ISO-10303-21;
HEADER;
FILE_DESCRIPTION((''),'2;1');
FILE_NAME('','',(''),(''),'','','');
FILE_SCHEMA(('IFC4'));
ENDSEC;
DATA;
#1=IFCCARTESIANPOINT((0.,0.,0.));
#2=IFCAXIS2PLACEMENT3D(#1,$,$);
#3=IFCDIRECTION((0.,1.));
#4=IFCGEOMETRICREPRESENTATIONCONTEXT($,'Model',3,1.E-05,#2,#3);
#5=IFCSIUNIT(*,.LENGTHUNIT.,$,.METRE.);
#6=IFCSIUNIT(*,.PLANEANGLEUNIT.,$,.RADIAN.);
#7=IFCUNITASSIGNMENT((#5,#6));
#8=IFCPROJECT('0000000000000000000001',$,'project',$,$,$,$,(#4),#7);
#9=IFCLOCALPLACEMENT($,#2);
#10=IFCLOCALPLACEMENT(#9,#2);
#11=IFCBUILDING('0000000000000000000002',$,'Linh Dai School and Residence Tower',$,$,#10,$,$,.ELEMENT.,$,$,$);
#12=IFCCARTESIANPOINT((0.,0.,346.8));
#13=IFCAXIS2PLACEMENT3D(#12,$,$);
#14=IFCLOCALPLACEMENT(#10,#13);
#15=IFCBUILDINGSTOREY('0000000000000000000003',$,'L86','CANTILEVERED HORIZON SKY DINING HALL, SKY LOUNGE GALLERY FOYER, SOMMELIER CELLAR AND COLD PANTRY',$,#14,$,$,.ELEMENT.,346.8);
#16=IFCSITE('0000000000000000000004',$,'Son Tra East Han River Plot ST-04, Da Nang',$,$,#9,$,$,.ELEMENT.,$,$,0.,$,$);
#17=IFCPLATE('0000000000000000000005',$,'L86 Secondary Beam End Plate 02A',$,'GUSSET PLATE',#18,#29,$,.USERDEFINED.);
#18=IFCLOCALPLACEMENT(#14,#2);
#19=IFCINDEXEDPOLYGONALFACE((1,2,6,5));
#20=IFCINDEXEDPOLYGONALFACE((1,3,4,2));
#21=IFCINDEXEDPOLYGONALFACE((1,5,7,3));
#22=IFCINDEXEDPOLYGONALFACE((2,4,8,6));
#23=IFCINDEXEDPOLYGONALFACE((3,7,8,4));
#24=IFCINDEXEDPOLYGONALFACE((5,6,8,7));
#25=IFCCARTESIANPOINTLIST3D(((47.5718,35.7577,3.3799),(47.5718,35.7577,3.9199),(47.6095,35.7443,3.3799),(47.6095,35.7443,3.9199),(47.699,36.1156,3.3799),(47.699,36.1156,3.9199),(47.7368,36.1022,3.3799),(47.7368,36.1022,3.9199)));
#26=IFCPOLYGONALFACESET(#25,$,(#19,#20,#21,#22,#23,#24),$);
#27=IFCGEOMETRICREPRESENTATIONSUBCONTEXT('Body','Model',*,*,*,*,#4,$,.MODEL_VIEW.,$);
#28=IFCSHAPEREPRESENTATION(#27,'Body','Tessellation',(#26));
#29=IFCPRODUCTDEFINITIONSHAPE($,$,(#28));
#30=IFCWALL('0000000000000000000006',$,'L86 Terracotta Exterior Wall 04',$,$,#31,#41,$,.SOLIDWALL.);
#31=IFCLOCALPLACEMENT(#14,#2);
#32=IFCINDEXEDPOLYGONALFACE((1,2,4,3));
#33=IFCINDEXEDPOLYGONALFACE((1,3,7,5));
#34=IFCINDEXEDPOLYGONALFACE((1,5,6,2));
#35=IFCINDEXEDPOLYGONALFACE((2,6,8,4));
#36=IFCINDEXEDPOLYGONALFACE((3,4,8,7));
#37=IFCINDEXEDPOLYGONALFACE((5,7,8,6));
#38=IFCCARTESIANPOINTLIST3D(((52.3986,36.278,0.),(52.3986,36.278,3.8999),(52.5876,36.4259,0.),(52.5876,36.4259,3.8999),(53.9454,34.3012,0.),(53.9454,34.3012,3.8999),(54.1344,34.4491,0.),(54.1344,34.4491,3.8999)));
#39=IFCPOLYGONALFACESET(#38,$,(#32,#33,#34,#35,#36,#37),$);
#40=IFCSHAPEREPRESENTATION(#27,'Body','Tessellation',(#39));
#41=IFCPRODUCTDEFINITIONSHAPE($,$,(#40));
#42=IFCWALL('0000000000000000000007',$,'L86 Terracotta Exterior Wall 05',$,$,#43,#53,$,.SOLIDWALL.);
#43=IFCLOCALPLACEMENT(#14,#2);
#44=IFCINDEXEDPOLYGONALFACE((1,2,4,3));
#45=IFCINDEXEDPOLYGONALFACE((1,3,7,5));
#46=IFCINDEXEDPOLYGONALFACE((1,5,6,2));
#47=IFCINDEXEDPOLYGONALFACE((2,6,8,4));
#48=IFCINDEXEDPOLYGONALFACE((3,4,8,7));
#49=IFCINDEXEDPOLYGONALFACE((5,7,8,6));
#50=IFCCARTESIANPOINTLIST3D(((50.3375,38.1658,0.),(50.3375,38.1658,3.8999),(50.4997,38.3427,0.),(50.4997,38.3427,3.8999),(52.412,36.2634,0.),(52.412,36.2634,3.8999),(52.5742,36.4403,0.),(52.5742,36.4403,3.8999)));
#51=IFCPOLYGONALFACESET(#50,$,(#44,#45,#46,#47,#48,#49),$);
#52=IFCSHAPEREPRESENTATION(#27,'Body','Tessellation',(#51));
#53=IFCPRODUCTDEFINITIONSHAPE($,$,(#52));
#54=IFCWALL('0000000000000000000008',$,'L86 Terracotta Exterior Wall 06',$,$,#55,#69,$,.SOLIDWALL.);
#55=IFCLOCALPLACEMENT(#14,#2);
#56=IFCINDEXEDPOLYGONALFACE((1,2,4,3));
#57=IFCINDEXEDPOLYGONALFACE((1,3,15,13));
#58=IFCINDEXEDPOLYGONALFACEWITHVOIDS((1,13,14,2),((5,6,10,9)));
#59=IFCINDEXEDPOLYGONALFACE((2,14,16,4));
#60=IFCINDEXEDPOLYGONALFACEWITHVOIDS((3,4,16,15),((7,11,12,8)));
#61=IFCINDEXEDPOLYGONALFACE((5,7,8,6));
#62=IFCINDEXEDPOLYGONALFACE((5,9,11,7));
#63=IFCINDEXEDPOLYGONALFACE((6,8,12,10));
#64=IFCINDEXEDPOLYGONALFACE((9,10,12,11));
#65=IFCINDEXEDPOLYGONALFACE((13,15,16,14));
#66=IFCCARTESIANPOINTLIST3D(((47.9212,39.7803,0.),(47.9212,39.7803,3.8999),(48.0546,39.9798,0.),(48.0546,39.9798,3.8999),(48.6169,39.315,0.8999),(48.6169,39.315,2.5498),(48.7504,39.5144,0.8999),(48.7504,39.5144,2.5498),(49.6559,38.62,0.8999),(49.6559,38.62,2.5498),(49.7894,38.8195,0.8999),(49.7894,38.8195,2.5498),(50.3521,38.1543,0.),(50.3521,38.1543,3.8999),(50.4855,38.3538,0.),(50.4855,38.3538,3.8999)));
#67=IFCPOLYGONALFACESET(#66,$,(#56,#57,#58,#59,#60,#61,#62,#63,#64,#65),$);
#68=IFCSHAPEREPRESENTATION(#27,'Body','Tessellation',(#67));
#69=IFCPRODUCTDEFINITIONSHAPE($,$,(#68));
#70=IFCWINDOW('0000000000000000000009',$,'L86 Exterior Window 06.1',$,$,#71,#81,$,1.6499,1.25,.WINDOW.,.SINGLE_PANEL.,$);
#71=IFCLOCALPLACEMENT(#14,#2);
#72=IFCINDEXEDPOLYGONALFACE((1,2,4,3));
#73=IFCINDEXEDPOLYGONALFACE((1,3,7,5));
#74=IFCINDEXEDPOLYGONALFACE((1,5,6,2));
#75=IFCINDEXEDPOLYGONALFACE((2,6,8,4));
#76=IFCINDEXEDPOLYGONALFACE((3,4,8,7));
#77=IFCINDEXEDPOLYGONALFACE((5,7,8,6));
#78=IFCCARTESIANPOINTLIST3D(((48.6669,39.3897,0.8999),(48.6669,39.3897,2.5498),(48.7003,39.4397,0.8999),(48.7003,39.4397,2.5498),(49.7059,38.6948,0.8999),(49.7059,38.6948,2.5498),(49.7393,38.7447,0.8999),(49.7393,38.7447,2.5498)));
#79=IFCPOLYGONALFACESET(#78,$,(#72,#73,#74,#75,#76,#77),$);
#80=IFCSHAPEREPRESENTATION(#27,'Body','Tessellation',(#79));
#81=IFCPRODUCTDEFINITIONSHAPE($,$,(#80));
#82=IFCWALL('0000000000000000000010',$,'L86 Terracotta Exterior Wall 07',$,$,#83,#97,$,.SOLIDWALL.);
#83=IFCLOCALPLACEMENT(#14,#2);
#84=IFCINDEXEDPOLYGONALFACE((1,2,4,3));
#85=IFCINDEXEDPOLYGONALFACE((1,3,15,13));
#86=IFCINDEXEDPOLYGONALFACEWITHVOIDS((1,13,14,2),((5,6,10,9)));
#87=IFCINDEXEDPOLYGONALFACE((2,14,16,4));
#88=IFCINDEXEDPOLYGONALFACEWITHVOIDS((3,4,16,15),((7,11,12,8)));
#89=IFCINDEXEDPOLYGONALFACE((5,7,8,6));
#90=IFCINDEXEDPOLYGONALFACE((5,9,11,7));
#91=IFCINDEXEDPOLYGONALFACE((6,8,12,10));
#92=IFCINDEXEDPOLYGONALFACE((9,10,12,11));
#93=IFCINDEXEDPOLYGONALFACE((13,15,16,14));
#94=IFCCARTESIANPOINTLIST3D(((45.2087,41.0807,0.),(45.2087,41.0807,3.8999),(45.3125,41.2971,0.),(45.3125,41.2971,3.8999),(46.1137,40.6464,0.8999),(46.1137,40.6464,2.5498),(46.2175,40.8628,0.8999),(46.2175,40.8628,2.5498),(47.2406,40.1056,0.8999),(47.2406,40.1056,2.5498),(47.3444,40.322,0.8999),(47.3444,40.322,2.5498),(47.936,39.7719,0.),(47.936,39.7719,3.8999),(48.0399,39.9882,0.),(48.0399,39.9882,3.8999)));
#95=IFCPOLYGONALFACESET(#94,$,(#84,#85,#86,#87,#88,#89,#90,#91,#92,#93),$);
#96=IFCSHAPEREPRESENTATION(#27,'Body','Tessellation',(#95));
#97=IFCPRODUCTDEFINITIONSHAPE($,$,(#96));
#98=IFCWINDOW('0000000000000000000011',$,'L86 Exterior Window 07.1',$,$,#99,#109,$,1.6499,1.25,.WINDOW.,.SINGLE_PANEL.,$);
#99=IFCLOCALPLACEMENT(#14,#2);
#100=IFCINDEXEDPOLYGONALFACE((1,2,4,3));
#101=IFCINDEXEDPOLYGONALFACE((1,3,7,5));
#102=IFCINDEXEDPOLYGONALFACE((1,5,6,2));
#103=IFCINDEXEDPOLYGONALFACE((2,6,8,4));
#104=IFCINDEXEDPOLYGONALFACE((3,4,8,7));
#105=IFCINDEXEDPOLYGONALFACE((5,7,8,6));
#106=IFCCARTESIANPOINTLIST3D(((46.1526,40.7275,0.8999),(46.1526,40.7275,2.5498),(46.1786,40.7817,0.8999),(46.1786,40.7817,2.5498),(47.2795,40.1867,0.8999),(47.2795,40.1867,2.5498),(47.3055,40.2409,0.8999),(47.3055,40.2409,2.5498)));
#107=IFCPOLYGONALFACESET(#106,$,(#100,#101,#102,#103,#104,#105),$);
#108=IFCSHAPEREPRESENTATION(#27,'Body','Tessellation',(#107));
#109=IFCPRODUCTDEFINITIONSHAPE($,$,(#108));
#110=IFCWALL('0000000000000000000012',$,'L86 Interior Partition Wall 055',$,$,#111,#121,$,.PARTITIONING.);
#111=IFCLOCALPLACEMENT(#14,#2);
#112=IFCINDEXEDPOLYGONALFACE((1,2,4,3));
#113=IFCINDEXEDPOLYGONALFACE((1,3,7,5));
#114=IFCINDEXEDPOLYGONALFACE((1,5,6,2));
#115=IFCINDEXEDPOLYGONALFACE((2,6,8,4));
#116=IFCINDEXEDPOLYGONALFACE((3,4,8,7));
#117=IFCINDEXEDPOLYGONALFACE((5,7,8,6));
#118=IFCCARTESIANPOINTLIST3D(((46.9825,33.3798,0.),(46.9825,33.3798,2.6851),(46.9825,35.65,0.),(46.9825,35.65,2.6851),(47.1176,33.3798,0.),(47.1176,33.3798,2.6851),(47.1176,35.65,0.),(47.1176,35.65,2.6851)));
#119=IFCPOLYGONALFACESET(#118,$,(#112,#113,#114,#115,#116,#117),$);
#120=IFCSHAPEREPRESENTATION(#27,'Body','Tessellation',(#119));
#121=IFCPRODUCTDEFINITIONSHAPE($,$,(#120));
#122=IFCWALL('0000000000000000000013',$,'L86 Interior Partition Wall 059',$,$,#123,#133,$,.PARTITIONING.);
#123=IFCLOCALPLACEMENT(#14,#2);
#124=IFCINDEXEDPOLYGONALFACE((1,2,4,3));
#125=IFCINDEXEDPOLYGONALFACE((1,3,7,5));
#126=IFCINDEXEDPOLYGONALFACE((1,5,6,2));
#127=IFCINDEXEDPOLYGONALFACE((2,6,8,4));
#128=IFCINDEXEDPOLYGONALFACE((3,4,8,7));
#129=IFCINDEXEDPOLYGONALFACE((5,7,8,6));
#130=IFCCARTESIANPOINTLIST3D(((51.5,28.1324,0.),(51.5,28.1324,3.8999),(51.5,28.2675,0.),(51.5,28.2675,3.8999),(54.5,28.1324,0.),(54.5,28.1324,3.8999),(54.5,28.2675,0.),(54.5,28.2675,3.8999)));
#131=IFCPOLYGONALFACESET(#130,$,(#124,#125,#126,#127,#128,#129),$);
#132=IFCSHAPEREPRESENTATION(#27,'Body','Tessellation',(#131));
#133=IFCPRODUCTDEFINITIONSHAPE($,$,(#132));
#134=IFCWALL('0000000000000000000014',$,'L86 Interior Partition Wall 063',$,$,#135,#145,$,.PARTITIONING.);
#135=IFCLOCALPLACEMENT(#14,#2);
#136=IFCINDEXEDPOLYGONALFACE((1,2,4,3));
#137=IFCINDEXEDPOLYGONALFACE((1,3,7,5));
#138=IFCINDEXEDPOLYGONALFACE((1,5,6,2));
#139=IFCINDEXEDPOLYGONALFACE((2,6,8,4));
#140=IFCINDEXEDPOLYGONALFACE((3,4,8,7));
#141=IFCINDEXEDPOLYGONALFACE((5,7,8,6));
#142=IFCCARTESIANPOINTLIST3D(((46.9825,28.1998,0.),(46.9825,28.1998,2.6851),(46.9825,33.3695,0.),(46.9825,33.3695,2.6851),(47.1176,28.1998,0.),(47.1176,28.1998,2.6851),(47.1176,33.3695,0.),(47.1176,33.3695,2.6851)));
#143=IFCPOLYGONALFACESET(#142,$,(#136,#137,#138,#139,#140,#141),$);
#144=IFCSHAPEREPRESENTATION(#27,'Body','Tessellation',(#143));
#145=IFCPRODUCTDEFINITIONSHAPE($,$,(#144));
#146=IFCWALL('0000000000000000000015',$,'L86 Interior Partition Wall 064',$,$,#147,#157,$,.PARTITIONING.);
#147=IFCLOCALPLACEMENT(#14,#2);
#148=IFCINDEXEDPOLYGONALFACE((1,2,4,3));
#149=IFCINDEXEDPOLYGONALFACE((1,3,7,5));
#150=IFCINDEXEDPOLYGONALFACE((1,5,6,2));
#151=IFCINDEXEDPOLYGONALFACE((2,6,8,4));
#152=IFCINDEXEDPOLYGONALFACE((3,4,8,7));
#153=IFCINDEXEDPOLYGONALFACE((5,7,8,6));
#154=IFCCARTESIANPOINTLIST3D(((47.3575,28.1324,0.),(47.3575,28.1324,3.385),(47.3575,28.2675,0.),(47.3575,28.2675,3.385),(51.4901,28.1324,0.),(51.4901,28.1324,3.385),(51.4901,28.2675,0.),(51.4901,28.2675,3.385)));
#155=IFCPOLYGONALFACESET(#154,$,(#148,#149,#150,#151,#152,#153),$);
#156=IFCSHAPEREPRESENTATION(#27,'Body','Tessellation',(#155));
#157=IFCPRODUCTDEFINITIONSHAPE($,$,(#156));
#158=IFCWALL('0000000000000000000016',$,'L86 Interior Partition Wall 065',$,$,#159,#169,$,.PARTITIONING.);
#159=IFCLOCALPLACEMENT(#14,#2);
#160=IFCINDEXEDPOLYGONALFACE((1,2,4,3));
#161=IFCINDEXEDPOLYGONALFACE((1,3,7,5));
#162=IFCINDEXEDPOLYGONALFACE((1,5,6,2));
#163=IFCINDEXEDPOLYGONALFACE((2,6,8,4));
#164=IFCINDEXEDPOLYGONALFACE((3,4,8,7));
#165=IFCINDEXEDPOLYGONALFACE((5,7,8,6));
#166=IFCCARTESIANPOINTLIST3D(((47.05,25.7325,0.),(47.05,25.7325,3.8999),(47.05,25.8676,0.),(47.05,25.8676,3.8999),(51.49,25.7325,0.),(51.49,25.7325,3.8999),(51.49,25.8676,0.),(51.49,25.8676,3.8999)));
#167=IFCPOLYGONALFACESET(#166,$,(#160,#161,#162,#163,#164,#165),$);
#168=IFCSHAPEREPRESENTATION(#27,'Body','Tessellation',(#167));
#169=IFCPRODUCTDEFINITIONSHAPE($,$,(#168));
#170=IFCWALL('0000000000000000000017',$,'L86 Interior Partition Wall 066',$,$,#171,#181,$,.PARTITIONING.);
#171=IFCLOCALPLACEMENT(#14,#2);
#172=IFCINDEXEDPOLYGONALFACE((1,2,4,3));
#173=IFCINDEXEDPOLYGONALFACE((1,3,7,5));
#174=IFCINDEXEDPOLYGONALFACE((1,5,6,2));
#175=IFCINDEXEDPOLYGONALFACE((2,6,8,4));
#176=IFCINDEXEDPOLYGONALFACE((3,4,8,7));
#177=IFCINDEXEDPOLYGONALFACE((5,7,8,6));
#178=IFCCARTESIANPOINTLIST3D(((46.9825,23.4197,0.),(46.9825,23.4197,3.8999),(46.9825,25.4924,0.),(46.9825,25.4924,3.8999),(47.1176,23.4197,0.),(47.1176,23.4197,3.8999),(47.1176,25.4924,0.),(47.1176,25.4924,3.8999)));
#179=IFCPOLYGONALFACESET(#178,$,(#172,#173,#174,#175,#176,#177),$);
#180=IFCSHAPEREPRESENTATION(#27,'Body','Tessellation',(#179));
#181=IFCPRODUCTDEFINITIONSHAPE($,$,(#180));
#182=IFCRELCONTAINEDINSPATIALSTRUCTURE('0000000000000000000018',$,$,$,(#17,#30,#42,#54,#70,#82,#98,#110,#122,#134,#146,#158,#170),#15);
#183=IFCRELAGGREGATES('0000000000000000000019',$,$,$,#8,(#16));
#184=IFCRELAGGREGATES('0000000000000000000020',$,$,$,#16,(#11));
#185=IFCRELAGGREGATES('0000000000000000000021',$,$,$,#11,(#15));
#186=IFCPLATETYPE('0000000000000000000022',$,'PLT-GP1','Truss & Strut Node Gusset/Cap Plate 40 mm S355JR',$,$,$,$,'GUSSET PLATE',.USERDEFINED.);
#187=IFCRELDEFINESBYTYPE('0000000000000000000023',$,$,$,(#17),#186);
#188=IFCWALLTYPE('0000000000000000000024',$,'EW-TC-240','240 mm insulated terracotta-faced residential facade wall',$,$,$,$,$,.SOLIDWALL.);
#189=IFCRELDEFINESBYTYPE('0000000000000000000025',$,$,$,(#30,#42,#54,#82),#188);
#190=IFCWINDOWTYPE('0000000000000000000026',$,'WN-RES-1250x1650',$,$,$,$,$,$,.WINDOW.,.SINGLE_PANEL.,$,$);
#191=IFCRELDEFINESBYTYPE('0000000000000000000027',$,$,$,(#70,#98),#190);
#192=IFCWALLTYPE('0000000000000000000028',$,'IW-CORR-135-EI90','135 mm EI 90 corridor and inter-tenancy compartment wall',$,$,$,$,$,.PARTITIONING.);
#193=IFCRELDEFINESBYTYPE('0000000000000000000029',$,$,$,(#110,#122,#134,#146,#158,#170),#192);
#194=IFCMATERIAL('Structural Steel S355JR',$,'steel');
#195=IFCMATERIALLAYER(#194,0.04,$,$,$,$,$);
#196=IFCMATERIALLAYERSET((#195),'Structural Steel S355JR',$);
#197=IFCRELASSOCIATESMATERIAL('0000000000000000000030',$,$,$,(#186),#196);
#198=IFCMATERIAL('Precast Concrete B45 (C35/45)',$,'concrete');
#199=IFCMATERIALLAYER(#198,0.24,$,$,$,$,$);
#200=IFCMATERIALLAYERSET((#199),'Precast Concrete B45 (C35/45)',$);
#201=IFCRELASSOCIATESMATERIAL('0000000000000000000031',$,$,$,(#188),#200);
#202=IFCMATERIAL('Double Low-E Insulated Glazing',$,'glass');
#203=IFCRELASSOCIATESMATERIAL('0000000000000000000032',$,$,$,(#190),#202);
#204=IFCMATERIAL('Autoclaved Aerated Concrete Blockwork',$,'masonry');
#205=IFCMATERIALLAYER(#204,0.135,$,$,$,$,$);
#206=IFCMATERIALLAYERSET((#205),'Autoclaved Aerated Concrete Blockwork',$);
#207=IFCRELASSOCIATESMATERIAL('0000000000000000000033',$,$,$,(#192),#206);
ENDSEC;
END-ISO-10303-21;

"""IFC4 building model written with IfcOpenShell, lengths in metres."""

from ifc_helpers import new_model, si_unit, direction, frame, frame_2d, origin, origin_2d, place, context, subcontext, project, spatial, rectangle, extrude, source, transform, mapped, material, layer, layer_set, type_object, element, fill, save


model = new_model("IFC4")

# Units and contexts
model_context = context("Model", 3, precision=1e-05, world=origin(), true_north=direction((0.0, 1.0)))
body_context = subcontext(model_context, "Body", "Model", "MODEL_VIEW")
ifc_project = project(units=[si_unit("LENGTHUNIT", "METRE"), si_unit("PLANEANGLEUNIT", "RADIAN")], contexts=[model_context])

# Site, building, storey
site_placement = place(None, origin())
site = spatial("IfcSite", under=ifc_project, at=site_placement, Name="Son Tra East Han River Plot ST-04, Da Nang", CompositionType="ELEMENT", RefElevation=0.0)
building_placement = place(site_placement, origin())
building = spatial("IfcBuilding", under=site, at=building_placement, Name="Linh Dai School and Residence Tower", CompositionType="ELEMENT")
storey_placement = place(building_placement, frame((0.0, 0.0, 346.8)))
storey = spatial("IfcBuildingStorey", under=building, at=storey_placement, Name="L86", Description="CANTILEVERED HORIZON SKY DINING HALL, SKY LOUNGE GALLERY FOYER, SOMMELIER CELLAR AND COLD PANTRY", CompositionType="ELEMENT", Elevation=346.8)

# Shared definitions
ifc_material_1 = material(Name="Structural Steel S355JR", Category="steel")

# Plate
ifc_layer_1 = layer(ifc_material_1, 0.04)
ifc_layer_set_1 = layer_set([ifc_layer_1], Name="Structural Steel S355JR")
plate_type = type_object("IfcPlateType", Name="PLT-GP1", Description="Truss & Strut Node Gusset/Cap Plate 40 mm S355JR", ElementType="GUSSET PLATE", PredefinedType="USERDEFINED", material=ifc_layer_set_1)
shared_shape_1 = source(origin(), body_context, "Body", "SweptSolid", [
    extrude(rectangle(XDim=0.04, YDim=0.3799, at=origin_2d()), origin(), (0.0, 0.0, 1.0), 0.54),
])
for number, where, z_axis, x_axis, name in (
    (1, (47.6543, 35.9299, 3.3799), (0.0, 0.0, 1.0), (-0.942251, 0.334909, 0.0), "L86 Secondary Beam End Plate 02A"),
):
    element("IfcPlate", number, at=place(storey_placement, frame(where, z_axis=z_axis, x_axis=x_axis)), inside=storey, type_object=plate_type, Name=name, ObjectType="GUSSET PLATE", PredefinedType="USERDEFINED", context=body_context, shape_type="MappedRepresentation", body=[
        mapped(shared_shape_1, transform((0.0, 0.0, 0.0), x_axis=(1.0, 0.0, 0.0), y_axis=(0.0, 1.0, 0.0), z_axis=(0.0, 0.0, 1.0), scale=1.0)),
    ])

# Walls
ifc_material_2 = material(Name="Precast Concrete B45 (C35/45)", Category="concrete")
ifc_layer_2 = layer(ifc_material_2, 0.24)
ifc_layer_set_2 = layer_set([ifc_layer_2], Name="Precast Concrete B45 (C35/45)")
wall_type_1 = type_object("IfcWallType", Name="EW-TC-240", Description="240 mm insulated terracotta-faced residential facade wall", PredefinedType="SOLIDWALL", material=ifc_layer_set_2)
wall_1_placement = place(storey_placement, frame((52.4932, 36.3518, 0.0), z_axis=(0.0, 0.0, 1.0), x_axis=(0.616261, -0.787542, 0.0)))
element("IfcWall", 2, at=wall_1_placement, inside=storey, type_object=wall_type_1, Name="L86 Terracotta Exterior Wall 04", PredefinedType="SOLIDWALL", context=body_context, shape_type="SweptSolid", body=[
    extrude(rectangle(XDim=2.51, YDim=0.24, at=frame_2d((1.2549, 0.0))), origin(), (0.0, 0.0, 1.0), 3.8999),
])
wall_2_placement = place(storey_placement, frame((50.4187, 38.2542, 0.0), z_axis=(0.0, 0.0, 1.0), x_axis=(0.737021, -0.67587, 0.0)))
element("IfcWall", 3, at=wall_2_placement, inside=storey, type_object=wall_type_1, Name="L86 Terracotta Exterior Wall 05", PredefinedType="SOLIDWALL", context=body_context, shape_type="SweptSolid", body=[
    extrude(rectangle(XDim=2.8147, YDim=0.24, at=frame_2d((1.4072, 0.0))), origin(), (0.0, 0.0, 1.0), 3.8999),
])

# Walls, openings, windows
wall_3_placement = place(storey_placement, frame((47.9878, 39.8801, 0.0), z_axis=(0.0, 0.0, 1.0), x_axis=(0.831202, -0.555971, 0.0)))
wall_3 = element("IfcWall", 4, at=wall_3_placement, inside=storey, type_object=wall_type_1, Name="L86 Terracotta Exterior Wall 06", PredefinedType="SOLIDWALL", context=body_context, shape_type="SweptSolid", body=[
    extrude(rectangle(XDim=2.9246, YDim=0.24, at=frame_2d((1.4624, 0.0))), origin(), (0.0, 0.0, 1.0), 3.8999),
])
opening_1_placement = place(wall_3_placement, frame((0.8372, 0.0, 0.8999)))
opening_1 = element("IfcOpeningElement", 5, at=opening_1_placement, cuts=wall_3, PredefinedType="OPENING", context=body_context, shape_type="SweptSolid", body=[
    extrude(rectangle(XDim=1.25, YDim=1.6499, at=origin_2d()), frame((0.625, 0.1299, 0.825), z_axis=(0.0, -1.0, 0.0), x_axis=(1.0, 0.0, 0.0)), (0.0, 0.0, 1.0), 0.26),
])
ifc_material_3 = material(Name="Double Low-E Insulated Glazing", Category="glass")
window_type = type_object("IfcWindowType", Name="WN-RES-1250x1650", PartitioningType="SINGLE_PANEL", PredefinedType="WINDOW", material=ifc_material_3)
shared_shape_2 = source(origin(), body_context, "Body", "SweptSolid", [
    extrude(rectangle(XDim=1.25, YDim=1.6499, at=origin_2d()), frame((0.625, 0.03, 0.825), z_axis=(0.0, -1.0, 0.0), x_axis=(1.0, 0.0, 0.0)), (0.0, 0.0, 1.0), 0.0601),
])
window_1_placement = place(opening_1_placement, origin())
window_1 = element("IfcWindow", 6, at=window_1_placement, inside=storey, type_object=window_type, Name="L86 Exterior Window 06.1", OverallHeight=1.6499, OverallWidth=1.25, PartitioningType="SINGLE_PANEL", PredefinedType="WINDOW", context=body_context, shape_type="MappedRepresentation", body=[
    mapped(shared_shape_2, transform((0.0, 0.0, 0.0), x_axis=(1.0, 0.0, 0.0), y_axis=(0.0, 1.0, 0.0), z_axis=(0.0, 0.0, 1.0), scale=1.0)),
])
fill(opening_1, window_1)
wall_4_placement = place(storey_placement, frame((45.2605, 41.189, 0.0), z_axis=(0.0, 0.0, 1.0), x_axis=(0.901557, -0.43266, 0.0)))
wall_4 = element("IfcWall", 7, at=wall_4_placement, inside=storey, type_object=wall_type_1, Name="L86 Terracotta Exterior Wall 07", PredefinedType="SOLIDWALL", context=body_context, shape_type="SweptSolid", body=[
    extrude(rectangle(XDim=3.0251, YDim=0.24, at=frame_2d((1.5127, 0.0))), origin(), (0.0, 0.0, 1.0), 3.8999),
])
opening_2_placement = place(wall_4_placement, frame((1.0039, 0.0, 0.8999)))
opening_2 = element("IfcOpeningElement", 8, at=opening_2_placement, cuts=wall_4, PredefinedType="OPENING", context=body_context, shape_type="SweptSolid", body=[
    extrude(rectangle(XDim=1.25, YDim=1.6499, at=origin_2d()), frame((0.625, 0.1299, 0.825), z_axis=(0.0, -1.0, 0.0), x_axis=(1.0, 0.0, 0.0)), (0.0, 0.0, 1.0), 0.26),
])
window_2_placement = place(opening_2_placement, origin())
window_2 = element("IfcWindow", 9, at=window_2_placement, inside=storey, type_object=window_type, Name="L86 Exterior Window 07.1", OverallHeight=1.6499, OverallWidth=1.25, PartitioningType="SINGLE_PANEL", PredefinedType="WINDOW", context=body_context, shape_type="MappedRepresentation", body=[
    mapped(shared_shape_2, transform((0.0, 0.0, 0.0), x_axis=(1.0, 0.0, 0.0), y_axis=(0.0, 1.0, 0.0), z_axis=(0.0, 0.0, 1.0), scale=1.0)),
])
fill(opening_2, window_2)

# Wall
ifc_material_4 = material(Name="Autoclaved Aerated Concrete Blockwork", Category="masonry")
ifc_layer_3 = layer(ifc_material_4, 0.135)
ifc_layer_set_3 = layer_set([ifc_layer_3], Name="Autoclaved Aerated Concrete Blockwork")
wall_type_2 = type_object("IfcWallType", Name="IW-CORR-135-EI90", Description="135 mm EI 90 corridor and inter-tenancy compartment wall", PredefinedType="PARTITIONING", material=ifc_layer_set_3)
wall_5_placement = place(storey_placement, frame((47.05, 33.3796, 0.0), z_axis=(0.0, 0.0, 1.0), x_axis=(0.0, 1.0, 0.0)))
element("IfcWall", 10, at=wall_5_placement, inside=storey, type_object=wall_type_2, Name="L86 Interior Partition Wall 055", PredefinedType="PARTITIONING", context=body_context, shape_type="SweptSolid", body=[
    extrude(rectangle(XDim=2.2703, YDim=0.135, at=frame_2d((1.1353, 0.0))), origin(), (0.0, 0.0, 1.0), 2.6851),
])

# Walls
wall_6_placement = place(storey_placement, frame((51.5, 28.2, 0.0), z_axis=(0.0, 0.0, 1.0), x_axis=(1.0, 0.0, 0.0)))
element("IfcWall", 11, at=wall_6_placement, inside=storey, type_object=wall_type_2, Name="L86 Interior Partition Wall 059", PredefinedType="PARTITIONING", context=body_context, shape_type="SweptSolid", body=[
    extrude(rectangle(XDim=3.0, YDim=0.135, at=frame_2d((1.5, 0.0))), origin(), (0.0, 0.0, 1.0), 3.8999),
])
wall_7_placement = place(storey_placement, frame((47.05, 33.3696, 0.0), z_axis=(0.0, 0.0, 1.0), x_axis=(0.0, -1.0, 0.0)))
element("IfcWall", 12, at=wall_7_placement, inside=storey, type_object=wall_type_2, Name="L86 Interior Partition Wall 063", PredefinedType="PARTITIONING", context=body_context, shape_type="SweptSolid", body=[
    extrude(rectangle(XDim=5.1697, YDim=0.135, at=frame_2d((2.585, 0.0))), origin(), (0.0, 0.0, 1.0), 2.6851),
])
wall_8_placement = place(storey_placement, frame((47.3574, 28.2, 0.0), z_axis=(0.0, 0.0, 1.0), x_axis=(1.0, 0.0, 0.0)))
element("IfcWall", 13, at=wall_8_placement, inside=storey, type_object=wall_type_2, Name="L86 Interior Partition Wall 064", PredefinedType="PARTITIONING", context=body_context, shape_type="SweptSolid", body=[
    extrude(rectangle(XDim=4.1326, YDim=0.135, at=frame_2d((2.0664, 0.0))), origin(), (0.0, 0.0, 1.0), 3.385),
])
wall_9_placement = place(storey_placement, frame((51.49, 25.8, 0.0), z_axis=(0.0, 0.0, 1.0), x_axis=(-1.0, 0.0, 0.0)))
element("IfcWall", 14, at=wall_9_placement, inside=storey, type_object=wall_type_2, Name="L86 Interior Partition Wall 065", PredefinedType="PARTITIONING", context=body_context, shape_type="SweptSolid", body=[
    extrude(rectangle(XDim=4.4399, YDim=0.135, at=frame_2d((2.22, 0.0))), origin(), (0.0, 0.0, 1.0), 3.8999),
])
wall_10_placement = place(storey_placement, frame((47.05, 25.4924, 0.0), z_axis=(0.0, 0.0, 1.0), x_axis=(0.0, -1.0, 0.0)))
element("IfcWall", 15, at=wall_10_placement, inside=storey, type_object=wall_type_2, Name="L86 Interior Partition Wall 066", PredefinedType="PARTITIONING", context=body_context, shape_type="SweptSolid", body=[
    extrude(rectangle(XDim=2.0728, YDim=0.135, at=frame_2d((1.0364, 0.0))), origin(), (0.0, 0.0, 1.0), 3.8999),
])

save(model, "model.ifc")
